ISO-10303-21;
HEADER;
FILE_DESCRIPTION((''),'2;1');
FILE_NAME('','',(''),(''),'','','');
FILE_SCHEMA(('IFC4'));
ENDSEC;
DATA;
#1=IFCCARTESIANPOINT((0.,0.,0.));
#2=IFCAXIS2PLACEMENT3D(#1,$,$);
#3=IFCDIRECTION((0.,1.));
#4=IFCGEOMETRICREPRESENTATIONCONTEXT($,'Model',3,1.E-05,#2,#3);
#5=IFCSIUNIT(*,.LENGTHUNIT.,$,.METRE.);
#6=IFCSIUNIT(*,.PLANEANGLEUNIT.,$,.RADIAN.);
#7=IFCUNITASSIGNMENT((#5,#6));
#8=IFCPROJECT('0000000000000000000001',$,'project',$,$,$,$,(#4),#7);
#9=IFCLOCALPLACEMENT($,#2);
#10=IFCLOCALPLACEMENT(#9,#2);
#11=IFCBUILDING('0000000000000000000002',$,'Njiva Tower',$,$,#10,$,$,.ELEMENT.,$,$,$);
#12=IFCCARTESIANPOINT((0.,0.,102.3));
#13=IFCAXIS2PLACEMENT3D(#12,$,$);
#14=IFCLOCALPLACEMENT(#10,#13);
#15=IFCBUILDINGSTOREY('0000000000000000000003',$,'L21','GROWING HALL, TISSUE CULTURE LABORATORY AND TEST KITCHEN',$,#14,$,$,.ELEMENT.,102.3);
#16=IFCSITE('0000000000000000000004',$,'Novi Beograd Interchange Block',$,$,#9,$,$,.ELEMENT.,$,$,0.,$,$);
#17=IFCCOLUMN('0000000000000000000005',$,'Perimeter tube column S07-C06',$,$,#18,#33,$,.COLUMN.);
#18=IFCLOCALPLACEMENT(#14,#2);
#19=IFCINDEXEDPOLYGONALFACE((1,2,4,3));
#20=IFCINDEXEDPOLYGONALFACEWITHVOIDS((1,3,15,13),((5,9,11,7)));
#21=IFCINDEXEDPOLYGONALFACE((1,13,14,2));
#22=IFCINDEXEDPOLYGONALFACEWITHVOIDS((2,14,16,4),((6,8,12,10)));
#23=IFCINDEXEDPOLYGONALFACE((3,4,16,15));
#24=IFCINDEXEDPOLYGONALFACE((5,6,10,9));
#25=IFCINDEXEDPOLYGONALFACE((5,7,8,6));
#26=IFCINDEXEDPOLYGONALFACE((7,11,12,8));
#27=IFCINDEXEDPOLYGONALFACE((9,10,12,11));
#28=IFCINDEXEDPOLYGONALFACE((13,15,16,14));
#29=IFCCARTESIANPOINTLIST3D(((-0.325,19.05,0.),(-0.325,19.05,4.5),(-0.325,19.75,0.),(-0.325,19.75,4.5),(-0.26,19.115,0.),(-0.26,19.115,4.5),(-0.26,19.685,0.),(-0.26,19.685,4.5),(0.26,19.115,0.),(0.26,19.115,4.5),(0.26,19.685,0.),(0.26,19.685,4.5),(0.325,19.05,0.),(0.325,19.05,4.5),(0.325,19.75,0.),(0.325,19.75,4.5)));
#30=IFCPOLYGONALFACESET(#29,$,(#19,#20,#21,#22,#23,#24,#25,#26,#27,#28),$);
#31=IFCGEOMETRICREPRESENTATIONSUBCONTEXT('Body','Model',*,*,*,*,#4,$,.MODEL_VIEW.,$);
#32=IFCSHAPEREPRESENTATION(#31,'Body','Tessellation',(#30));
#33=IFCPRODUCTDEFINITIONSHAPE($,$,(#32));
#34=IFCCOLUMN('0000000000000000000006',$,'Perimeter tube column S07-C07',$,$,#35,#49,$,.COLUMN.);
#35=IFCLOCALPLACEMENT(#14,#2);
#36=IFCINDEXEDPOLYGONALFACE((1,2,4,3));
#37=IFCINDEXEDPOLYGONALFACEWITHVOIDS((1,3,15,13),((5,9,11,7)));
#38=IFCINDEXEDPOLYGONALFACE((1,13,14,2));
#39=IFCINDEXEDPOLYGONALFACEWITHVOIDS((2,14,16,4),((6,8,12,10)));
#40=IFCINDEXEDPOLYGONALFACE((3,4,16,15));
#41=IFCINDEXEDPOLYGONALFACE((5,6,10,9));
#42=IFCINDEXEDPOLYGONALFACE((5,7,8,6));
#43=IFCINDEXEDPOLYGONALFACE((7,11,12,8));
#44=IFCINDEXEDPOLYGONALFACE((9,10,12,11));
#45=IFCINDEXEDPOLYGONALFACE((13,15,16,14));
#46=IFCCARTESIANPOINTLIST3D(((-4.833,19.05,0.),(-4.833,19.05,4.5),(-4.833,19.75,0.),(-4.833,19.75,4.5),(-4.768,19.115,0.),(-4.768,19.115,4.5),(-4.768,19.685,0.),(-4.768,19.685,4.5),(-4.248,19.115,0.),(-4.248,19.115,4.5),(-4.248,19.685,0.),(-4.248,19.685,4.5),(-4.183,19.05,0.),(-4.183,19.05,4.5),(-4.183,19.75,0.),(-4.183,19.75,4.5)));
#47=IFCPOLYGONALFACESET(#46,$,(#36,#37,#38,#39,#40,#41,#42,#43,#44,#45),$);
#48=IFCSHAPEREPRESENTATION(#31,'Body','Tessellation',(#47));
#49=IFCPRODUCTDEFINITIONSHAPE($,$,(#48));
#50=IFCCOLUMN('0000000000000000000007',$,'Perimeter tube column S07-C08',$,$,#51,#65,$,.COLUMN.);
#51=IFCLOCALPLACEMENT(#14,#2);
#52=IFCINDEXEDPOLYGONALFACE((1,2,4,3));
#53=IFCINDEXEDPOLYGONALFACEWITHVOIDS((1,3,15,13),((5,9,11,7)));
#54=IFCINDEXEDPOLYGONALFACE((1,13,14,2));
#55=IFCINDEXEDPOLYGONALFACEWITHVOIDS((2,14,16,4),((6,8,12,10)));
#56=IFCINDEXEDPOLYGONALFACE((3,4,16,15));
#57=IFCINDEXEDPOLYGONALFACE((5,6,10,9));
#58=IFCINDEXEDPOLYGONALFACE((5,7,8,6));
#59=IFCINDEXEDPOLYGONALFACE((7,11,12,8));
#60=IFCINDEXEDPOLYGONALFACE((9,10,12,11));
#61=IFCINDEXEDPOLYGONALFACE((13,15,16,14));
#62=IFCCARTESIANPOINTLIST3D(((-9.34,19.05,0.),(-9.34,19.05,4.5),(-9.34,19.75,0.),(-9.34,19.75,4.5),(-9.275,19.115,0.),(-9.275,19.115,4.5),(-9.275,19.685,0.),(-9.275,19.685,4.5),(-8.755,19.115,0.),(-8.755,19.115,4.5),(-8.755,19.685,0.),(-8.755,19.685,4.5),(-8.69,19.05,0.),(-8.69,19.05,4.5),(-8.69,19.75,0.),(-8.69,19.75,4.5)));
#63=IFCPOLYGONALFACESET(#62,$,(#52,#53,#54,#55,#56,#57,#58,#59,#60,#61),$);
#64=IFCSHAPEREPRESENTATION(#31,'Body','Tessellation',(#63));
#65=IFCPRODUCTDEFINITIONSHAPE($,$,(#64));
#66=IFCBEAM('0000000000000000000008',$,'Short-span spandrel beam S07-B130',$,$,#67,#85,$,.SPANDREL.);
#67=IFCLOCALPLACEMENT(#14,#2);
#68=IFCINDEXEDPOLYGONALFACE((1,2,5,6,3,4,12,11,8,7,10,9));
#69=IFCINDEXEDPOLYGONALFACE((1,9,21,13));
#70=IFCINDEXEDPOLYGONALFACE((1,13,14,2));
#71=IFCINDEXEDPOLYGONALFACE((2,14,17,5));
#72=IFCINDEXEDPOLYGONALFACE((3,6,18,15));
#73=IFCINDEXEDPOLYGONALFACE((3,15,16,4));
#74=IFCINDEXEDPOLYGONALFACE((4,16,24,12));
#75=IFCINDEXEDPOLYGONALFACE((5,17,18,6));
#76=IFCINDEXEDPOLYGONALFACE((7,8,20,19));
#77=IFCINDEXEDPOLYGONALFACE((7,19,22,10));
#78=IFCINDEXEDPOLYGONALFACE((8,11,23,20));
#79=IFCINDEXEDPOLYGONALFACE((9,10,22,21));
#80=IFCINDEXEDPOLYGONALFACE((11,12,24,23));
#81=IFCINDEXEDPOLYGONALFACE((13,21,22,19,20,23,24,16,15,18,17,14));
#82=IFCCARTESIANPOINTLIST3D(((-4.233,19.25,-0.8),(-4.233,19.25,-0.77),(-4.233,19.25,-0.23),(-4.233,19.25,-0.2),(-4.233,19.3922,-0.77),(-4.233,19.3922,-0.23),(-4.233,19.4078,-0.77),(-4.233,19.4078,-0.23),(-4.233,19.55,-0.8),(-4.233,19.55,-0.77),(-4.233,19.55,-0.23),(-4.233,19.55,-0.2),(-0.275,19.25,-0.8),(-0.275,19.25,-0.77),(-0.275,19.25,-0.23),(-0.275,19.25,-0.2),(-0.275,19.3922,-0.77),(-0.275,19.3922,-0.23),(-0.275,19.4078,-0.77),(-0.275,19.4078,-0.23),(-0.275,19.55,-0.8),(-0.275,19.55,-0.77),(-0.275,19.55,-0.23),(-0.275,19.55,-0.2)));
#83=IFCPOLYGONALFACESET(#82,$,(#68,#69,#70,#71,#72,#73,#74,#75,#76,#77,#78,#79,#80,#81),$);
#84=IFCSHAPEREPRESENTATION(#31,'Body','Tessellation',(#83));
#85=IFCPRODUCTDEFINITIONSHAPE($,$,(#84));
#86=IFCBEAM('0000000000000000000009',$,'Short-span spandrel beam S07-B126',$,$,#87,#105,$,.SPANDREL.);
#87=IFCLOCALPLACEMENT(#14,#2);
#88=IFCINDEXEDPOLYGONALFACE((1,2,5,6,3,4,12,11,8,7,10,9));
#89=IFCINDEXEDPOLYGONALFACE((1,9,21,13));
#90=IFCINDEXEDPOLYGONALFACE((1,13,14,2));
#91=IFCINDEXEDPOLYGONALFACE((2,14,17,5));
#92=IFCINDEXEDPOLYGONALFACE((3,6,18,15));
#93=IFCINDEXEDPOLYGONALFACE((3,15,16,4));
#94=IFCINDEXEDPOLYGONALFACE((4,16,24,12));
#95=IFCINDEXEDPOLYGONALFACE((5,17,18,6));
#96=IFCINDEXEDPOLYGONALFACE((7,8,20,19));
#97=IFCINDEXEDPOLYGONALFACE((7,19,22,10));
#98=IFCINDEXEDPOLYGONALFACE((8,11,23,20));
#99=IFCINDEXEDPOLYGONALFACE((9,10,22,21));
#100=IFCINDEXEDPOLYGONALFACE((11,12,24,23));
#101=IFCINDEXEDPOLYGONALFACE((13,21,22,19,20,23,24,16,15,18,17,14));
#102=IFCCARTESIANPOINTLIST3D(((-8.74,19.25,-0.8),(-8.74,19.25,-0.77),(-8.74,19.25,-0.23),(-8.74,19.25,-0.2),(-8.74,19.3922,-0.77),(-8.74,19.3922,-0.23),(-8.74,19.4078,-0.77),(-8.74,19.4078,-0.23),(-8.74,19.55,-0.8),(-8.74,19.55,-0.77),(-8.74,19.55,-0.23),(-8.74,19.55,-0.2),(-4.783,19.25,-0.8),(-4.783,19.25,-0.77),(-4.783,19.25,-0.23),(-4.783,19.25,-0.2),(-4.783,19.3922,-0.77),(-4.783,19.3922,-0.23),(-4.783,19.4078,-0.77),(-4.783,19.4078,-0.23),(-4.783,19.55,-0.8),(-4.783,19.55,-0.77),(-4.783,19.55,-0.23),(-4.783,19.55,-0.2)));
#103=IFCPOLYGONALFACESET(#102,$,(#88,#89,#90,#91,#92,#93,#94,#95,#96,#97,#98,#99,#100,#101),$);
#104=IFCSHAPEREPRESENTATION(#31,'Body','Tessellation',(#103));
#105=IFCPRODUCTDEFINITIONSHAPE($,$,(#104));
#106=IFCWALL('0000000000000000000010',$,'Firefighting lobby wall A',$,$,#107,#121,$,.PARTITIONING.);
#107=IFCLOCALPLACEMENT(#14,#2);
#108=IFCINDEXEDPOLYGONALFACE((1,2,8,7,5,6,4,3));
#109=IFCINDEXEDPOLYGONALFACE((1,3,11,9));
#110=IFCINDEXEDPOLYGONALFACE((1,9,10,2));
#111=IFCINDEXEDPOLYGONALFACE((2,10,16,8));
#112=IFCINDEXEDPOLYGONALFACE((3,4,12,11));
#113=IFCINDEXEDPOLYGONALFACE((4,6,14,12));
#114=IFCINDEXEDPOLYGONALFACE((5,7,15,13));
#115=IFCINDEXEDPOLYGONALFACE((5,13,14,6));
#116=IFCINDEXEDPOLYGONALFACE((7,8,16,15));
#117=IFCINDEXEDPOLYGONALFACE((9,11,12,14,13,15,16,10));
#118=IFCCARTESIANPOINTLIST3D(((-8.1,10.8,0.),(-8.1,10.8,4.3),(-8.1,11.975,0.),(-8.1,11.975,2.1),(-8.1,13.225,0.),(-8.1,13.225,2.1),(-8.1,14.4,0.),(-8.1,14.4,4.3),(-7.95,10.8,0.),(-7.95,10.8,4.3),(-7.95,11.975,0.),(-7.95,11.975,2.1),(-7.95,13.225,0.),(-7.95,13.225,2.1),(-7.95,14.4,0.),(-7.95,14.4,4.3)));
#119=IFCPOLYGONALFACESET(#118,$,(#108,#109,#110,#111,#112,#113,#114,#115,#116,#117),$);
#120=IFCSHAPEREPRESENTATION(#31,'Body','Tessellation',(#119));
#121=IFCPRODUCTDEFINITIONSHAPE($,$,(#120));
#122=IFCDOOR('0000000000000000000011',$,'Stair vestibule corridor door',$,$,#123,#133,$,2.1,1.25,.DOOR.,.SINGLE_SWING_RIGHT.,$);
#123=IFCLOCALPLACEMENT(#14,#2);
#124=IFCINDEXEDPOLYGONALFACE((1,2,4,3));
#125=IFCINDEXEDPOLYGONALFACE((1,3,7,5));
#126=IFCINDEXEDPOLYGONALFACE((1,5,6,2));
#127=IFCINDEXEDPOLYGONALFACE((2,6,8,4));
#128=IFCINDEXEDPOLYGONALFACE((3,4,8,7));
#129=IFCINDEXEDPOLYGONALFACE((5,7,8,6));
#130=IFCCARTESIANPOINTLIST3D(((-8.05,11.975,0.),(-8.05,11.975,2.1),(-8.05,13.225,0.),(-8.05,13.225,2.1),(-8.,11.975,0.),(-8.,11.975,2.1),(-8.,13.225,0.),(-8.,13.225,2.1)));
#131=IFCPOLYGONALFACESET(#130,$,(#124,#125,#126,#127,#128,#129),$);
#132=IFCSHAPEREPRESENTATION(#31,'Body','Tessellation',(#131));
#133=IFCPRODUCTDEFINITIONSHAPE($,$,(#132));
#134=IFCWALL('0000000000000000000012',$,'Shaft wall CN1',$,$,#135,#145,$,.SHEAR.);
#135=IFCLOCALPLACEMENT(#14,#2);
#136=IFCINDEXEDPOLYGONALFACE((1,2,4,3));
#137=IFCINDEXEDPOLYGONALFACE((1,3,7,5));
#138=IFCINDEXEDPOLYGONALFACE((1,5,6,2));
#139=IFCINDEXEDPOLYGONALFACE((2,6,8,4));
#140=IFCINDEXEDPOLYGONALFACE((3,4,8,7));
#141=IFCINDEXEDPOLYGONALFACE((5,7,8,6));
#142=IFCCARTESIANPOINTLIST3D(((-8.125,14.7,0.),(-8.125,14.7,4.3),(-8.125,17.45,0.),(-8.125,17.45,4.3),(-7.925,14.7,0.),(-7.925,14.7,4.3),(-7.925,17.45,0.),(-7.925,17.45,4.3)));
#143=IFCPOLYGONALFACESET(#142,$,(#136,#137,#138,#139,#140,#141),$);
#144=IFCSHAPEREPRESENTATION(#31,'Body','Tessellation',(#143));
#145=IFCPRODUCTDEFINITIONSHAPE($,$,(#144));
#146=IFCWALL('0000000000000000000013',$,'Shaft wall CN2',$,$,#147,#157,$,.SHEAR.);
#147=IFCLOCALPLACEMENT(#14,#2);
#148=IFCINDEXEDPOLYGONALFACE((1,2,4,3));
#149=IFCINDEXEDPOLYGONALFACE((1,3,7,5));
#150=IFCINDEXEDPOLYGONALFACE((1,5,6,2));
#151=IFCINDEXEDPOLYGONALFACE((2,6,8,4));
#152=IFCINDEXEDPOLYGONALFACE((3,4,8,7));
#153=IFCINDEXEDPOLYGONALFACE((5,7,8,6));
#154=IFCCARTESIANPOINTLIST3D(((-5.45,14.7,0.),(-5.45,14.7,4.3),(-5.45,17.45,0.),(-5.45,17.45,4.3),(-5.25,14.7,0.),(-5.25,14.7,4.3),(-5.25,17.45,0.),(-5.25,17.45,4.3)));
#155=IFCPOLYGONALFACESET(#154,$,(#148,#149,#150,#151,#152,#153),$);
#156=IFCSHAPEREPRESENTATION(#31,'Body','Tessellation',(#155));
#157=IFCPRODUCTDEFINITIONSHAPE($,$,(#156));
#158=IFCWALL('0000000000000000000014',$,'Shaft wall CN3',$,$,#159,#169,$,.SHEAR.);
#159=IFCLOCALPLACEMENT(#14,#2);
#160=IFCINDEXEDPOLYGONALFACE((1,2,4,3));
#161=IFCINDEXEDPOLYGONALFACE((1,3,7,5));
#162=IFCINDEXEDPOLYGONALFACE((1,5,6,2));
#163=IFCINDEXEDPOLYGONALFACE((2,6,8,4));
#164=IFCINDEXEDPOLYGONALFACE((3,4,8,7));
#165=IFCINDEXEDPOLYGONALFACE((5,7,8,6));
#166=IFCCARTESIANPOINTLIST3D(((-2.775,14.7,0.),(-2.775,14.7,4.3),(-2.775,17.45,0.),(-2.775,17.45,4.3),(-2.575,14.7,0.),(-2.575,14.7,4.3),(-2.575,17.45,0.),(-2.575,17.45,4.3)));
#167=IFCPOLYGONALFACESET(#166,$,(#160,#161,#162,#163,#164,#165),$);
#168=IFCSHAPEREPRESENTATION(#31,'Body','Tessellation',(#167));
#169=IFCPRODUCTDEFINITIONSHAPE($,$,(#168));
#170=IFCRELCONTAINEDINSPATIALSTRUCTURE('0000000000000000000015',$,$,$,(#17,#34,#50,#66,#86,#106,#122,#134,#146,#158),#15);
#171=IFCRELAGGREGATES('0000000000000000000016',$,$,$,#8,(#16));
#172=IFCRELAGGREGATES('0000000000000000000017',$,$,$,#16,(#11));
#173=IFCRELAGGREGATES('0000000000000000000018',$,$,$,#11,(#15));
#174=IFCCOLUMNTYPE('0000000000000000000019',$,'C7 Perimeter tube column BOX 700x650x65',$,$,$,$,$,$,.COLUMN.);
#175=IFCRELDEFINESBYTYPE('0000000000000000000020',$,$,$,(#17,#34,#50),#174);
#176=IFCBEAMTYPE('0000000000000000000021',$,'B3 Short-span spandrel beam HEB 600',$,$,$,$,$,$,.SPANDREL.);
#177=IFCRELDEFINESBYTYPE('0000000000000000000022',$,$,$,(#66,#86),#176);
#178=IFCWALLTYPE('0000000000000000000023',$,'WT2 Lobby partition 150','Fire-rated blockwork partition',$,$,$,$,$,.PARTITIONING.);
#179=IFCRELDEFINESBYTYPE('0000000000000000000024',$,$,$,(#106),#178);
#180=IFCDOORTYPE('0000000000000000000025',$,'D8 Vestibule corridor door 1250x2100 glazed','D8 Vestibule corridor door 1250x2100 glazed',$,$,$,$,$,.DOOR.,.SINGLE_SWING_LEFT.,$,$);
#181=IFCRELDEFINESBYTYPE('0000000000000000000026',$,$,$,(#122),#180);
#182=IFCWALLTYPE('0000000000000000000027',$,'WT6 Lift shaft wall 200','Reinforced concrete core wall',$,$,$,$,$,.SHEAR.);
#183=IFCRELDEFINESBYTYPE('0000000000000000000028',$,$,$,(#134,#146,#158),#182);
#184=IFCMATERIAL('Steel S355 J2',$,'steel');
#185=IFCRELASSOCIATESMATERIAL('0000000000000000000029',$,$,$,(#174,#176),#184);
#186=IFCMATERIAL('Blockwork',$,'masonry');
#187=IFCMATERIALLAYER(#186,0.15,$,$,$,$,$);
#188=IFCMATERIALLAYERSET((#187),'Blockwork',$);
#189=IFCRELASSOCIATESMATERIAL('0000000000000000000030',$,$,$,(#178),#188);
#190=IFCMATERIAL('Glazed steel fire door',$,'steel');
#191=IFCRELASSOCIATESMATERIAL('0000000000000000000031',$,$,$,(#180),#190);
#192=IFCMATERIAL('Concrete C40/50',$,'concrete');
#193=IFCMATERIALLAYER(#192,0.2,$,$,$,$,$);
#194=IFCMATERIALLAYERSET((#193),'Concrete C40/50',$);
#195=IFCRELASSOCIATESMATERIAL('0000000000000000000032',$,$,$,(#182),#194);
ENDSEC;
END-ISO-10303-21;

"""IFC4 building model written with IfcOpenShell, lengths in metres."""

from ifc_helpers import new_model, si_unit, direction, frame, frame_2d, origin, origin_2d, place, context, subcontext, project, spatial, rectangle, hollow_rectangle, i_section, extrude, material, layer, layer_set, material_profile, profile_set, type_object, element, fill, save


model = new_model("IFC4")

# Units and contexts
model_context = context("Model", 3, precision=1e-05, world=origin(), true_north=direction((0.0, 1.0)))
body_context = subcontext(model_context, "Body", "Model", "MODEL_VIEW")
ifc_project = project(units=[si_unit("LENGTHUNIT", "METRE"), si_unit("PLANEANGLEUNIT", "RADIAN")], contexts=[model_context])

# Site, building, storey
site_placement = place(None, origin())
site = spatial("IfcSite", under=ifc_project, at=site_placement, Name="Novi Beograd Interchange Block", CompositionType="ELEMENT", RefElevation=0.0)
building_placement = place(site_placement, origin())
building = spatial("IfcBuilding", under=site, at=building_placement, Name="Njiva Tower", CompositionType="ELEMENT")
storey_placement = place(building_placement, frame((0.0, 0.0, 102.3)))
storey = spatial("IfcBuildingStorey", under=building, at=storey_placement, Name="L21", Description="GROWING HALL, TISSUE CULTURE LABORATORY AND TEST KITCHEN", CompositionType="ELEMENT", Elevation=102.3)

# Columns
ifc_material_1 = material(Name="Steel S355 J2", Category="steel")
ifc_material_profile_1 = material_profile(ifc_material_1, hollow_rectangle(XDim=0.65, YDim=0.7, WallThickness=0.065, at=origin_2d()), Name="BOX 700x650x65")
ifc_profile_set_1 = profile_set([ifc_material_profile_1], Name="Steel S355 J2")
column_type = type_object("IfcColumnType", Name="C7 Perimeter tube column BOX 700x650x65", PredefinedType="COLUMN", material=ifc_profile_set_1)
for number, where, z_axis, x_axis, name in (
    (1, (0.0, 19.4, 0.0), (0.0, 0.0, 1.0), (-1.0, 0.0, 0.0), "Perimeter tube column S07-C06"),
    (2, (-4.508, 19.4, 0.0), (0.0, 0.0, 1.0), (-1.0, 0.0, 0.0), "Perimeter tube column S07-C07"),
    (3, (-9.015, 19.4, 0.0), (0.0, 0.0, 1.0), (-1.0, 0.0, 0.0), "Perimeter tube column S07-C08"),
):
    element("IfcColumn", number, at=place(storey_placement, frame(where, z_axis=z_axis, x_axis=x_axis)), inside=storey, type_object=column_type, Name=name, PredefinedType="COLUMN", context=body_context, shape_type="SweptSolid", body=[
        extrude(hollow_rectangle(XDim=0.65, YDim=0.7, WallThickness=0.065, at=origin_2d()), origin(), (0.0, 0.0, 1.0), 4.5),
    ])

# Beams
ifc_material_profile_2 = material_profile(ifc_material_1, i_section(OverallWidth=0.3, OverallDepth=0.6, WebThickness=0.0155, FlangeThickness=0.03, at=origin_2d()), Name="HEB 600")
ifc_profile_set_2 = profile_set([ifc_material_profile_2], Name="Steel S355 J2")
beam_type = type_object("IfcBeamType", Name="B3 Short-span spandrel beam HEB 600", PredefinedType="SPANDREL", material=ifc_profile_set_2)
beam_1_placement = place(storey_placement, frame((-0.275, 19.4, -0.5), z_axis=(-1.0, 0.0, 0.0), x_axis=(0.0, -1.0, 0.0)))
element("IfcBeam", 4, at=beam_1_placement, inside=storey, type_object=beam_type, Name="Short-span spandrel beam S07-B130", PredefinedType="SPANDREL", context=body_context, shape_type="SweptSolid", body=[
    extrude(i_section(OverallWidth=0.3, OverallDepth=0.6, WebThickness=0.0155, FlangeThickness=0.03, at=origin_2d()), origin(), (0.0, 0.0, 1.0), 3.958),
])
beam_2_placement = place(storey_placement, frame((-4.783, 19.4, -0.5), z_axis=(-1.0, 0.0, 0.0), x_axis=(0.0, -1.0, 0.0)))
element("IfcBeam", 5, at=beam_2_placement, inside=storey, type_object=beam_type, Name="Short-span spandrel beam S07-B126", PredefinedType="SPANDREL", context=body_context, shape_type="SweptSolid", body=[
    extrude(i_section(OverallWidth=0.3, OverallDepth=0.6, WebThickness=0.0155, FlangeThickness=0.03, at=origin_2d()), origin(), (0.0, 0.0, 1.0), 3.957),
])

# Wall, opening, door
ifc_material_2 = material(Name="Blockwork", Category="masonry")
ifc_layer_1 = layer(ifc_material_2, 0.15)
ifc_layer_set_1 = layer_set([ifc_layer_1], Name="Blockwork")
wall_type_1 = type_object("IfcWallType", Name="WT2 Lobby partition 150", Description="Fire-rated blockwork partition", PredefinedType="PARTITIONING", material=ifc_layer_set_1)
wall_placement = place(storey_placement, frame((-8.025, 10.8, 0.0), z_axis=(0.0, 0.0, 1.0), x_axis=(0.0, 1.0, 0.0)))
wall = element("IfcWall", 6, at=wall_placement, inside=storey, type_object=wall_type_1, Name="Firefighting lobby wall A", PredefinedType="PARTITIONING", context=body_context, shape_type="SweptSolid", body=[
    extrude(rectangle(XDim=3.6, YDim=0.15, at=frame_2d((1.8, 0.0))), origin(), (0.0, 0.0, 1.0), 4.3),
])
opening_placement = place(wall_placement, frame((1.175, 0.0, 0.0)))
opening = element("IfcOpeningElement", 7, at=opening_placement, cuts=wall, PredefinedType="OPENING", context=body_context, shape_type="SweptSolid", body=[
    extrude(rectangle(XDim=1.25, YDim=2.1, at=frame_2d((0.625, 1.05))), frame((0.0, 0.085, 0.0), z_axis=(0.0, -1.0, 0.0), x_axis=(1.0, 0.0, 0.0)), (0.0, 0.0, 1.0), 0.17),
])
ifc_material_3 = material(Name="Glazed steel fire door", Category="steel")
door_type = type_object("IfcDoorType", Name="D8 Vestibule corridor door 1250x2100 glazed", Description="D8 Vestibule corridor door 1250x2100 glazed", OperationType="SINGLE_SWING_LEFT", PredefinedType="DOOR", material=ifc_material_3)
door_placement = place(opening_placement, origin())
door = element("IfcDoor", 8, at=door_placement, inside=storey, type_object=door_type, Name="Stair vestibule corridor door", OperationType="SINGLE_SWING_RIGHT", OverallHeight=2.1, OverallWidth=1.25, PredefinedType="DOOR", context=body_context, shape_type="SweptSolid", body=[
    extrude(rectangle(XDim=1.25, YDim=2.1, at=frame_2d((0.625, 1.05))), frame((0.0, 0.025, 0.0), z_axis=(0.0, -1.0, 0.0), x_axis=(1.0, 0.0, 0.0)), (0.0, 0.0, 1.0), 0.05),
])
fill(opening, door)

# Walls
ifc_material_4 = material(Name="Concrete C40/50", Category="concrete")
ifc_layer_2 = layer(ifc_material_4, 0.2)
ifc_layer_set_2 = layer_set([ifc_layer_2], Name="Concrete C40/50")
wall_type_2 = type_object("IfcWallType", Name="WT6 Lift shaft wall 200", Description="Reinforced concrete core wall", PredefinedType="SHEAR", material=ifc_layer_set_2)
for number, where, z_axis, x_axis, name in (
    (9, (-8.025, 14.7, 0.0), (0.0, 0.0, 1.0), (0.0, 1.0, 0.0), "Shaft wall CN1"),
    (10, (-5.35, 14.7, 0.0), (0.0, 0.0, 1.0), (0.0, 1.0, 0.0), "Shaft wall CN2"),
    (11, (-2.675, 14.7, 0.0), (0.0, 0.0, 1.0), (0.0, 1.0, 0.0), "Shaft wall CN3"),
):
    element("IfcWall", number, at=place(storey_placement, frame(where, z_axis=z_axis, x_axis=x_axis)), inside=storey, type_object=wall_type_2, Name=name, PredefinedType="SHEAR", context=body_context, shape_type="SweptSolid", body=[
        extrude(rectangle(XDim=2.75, YDim=0.2, at=frame_2d((1.375, 0.0))), origin(), (0.0, 0.0, 1.0), 4.3),
    ])

save(model, "model.ifc")
